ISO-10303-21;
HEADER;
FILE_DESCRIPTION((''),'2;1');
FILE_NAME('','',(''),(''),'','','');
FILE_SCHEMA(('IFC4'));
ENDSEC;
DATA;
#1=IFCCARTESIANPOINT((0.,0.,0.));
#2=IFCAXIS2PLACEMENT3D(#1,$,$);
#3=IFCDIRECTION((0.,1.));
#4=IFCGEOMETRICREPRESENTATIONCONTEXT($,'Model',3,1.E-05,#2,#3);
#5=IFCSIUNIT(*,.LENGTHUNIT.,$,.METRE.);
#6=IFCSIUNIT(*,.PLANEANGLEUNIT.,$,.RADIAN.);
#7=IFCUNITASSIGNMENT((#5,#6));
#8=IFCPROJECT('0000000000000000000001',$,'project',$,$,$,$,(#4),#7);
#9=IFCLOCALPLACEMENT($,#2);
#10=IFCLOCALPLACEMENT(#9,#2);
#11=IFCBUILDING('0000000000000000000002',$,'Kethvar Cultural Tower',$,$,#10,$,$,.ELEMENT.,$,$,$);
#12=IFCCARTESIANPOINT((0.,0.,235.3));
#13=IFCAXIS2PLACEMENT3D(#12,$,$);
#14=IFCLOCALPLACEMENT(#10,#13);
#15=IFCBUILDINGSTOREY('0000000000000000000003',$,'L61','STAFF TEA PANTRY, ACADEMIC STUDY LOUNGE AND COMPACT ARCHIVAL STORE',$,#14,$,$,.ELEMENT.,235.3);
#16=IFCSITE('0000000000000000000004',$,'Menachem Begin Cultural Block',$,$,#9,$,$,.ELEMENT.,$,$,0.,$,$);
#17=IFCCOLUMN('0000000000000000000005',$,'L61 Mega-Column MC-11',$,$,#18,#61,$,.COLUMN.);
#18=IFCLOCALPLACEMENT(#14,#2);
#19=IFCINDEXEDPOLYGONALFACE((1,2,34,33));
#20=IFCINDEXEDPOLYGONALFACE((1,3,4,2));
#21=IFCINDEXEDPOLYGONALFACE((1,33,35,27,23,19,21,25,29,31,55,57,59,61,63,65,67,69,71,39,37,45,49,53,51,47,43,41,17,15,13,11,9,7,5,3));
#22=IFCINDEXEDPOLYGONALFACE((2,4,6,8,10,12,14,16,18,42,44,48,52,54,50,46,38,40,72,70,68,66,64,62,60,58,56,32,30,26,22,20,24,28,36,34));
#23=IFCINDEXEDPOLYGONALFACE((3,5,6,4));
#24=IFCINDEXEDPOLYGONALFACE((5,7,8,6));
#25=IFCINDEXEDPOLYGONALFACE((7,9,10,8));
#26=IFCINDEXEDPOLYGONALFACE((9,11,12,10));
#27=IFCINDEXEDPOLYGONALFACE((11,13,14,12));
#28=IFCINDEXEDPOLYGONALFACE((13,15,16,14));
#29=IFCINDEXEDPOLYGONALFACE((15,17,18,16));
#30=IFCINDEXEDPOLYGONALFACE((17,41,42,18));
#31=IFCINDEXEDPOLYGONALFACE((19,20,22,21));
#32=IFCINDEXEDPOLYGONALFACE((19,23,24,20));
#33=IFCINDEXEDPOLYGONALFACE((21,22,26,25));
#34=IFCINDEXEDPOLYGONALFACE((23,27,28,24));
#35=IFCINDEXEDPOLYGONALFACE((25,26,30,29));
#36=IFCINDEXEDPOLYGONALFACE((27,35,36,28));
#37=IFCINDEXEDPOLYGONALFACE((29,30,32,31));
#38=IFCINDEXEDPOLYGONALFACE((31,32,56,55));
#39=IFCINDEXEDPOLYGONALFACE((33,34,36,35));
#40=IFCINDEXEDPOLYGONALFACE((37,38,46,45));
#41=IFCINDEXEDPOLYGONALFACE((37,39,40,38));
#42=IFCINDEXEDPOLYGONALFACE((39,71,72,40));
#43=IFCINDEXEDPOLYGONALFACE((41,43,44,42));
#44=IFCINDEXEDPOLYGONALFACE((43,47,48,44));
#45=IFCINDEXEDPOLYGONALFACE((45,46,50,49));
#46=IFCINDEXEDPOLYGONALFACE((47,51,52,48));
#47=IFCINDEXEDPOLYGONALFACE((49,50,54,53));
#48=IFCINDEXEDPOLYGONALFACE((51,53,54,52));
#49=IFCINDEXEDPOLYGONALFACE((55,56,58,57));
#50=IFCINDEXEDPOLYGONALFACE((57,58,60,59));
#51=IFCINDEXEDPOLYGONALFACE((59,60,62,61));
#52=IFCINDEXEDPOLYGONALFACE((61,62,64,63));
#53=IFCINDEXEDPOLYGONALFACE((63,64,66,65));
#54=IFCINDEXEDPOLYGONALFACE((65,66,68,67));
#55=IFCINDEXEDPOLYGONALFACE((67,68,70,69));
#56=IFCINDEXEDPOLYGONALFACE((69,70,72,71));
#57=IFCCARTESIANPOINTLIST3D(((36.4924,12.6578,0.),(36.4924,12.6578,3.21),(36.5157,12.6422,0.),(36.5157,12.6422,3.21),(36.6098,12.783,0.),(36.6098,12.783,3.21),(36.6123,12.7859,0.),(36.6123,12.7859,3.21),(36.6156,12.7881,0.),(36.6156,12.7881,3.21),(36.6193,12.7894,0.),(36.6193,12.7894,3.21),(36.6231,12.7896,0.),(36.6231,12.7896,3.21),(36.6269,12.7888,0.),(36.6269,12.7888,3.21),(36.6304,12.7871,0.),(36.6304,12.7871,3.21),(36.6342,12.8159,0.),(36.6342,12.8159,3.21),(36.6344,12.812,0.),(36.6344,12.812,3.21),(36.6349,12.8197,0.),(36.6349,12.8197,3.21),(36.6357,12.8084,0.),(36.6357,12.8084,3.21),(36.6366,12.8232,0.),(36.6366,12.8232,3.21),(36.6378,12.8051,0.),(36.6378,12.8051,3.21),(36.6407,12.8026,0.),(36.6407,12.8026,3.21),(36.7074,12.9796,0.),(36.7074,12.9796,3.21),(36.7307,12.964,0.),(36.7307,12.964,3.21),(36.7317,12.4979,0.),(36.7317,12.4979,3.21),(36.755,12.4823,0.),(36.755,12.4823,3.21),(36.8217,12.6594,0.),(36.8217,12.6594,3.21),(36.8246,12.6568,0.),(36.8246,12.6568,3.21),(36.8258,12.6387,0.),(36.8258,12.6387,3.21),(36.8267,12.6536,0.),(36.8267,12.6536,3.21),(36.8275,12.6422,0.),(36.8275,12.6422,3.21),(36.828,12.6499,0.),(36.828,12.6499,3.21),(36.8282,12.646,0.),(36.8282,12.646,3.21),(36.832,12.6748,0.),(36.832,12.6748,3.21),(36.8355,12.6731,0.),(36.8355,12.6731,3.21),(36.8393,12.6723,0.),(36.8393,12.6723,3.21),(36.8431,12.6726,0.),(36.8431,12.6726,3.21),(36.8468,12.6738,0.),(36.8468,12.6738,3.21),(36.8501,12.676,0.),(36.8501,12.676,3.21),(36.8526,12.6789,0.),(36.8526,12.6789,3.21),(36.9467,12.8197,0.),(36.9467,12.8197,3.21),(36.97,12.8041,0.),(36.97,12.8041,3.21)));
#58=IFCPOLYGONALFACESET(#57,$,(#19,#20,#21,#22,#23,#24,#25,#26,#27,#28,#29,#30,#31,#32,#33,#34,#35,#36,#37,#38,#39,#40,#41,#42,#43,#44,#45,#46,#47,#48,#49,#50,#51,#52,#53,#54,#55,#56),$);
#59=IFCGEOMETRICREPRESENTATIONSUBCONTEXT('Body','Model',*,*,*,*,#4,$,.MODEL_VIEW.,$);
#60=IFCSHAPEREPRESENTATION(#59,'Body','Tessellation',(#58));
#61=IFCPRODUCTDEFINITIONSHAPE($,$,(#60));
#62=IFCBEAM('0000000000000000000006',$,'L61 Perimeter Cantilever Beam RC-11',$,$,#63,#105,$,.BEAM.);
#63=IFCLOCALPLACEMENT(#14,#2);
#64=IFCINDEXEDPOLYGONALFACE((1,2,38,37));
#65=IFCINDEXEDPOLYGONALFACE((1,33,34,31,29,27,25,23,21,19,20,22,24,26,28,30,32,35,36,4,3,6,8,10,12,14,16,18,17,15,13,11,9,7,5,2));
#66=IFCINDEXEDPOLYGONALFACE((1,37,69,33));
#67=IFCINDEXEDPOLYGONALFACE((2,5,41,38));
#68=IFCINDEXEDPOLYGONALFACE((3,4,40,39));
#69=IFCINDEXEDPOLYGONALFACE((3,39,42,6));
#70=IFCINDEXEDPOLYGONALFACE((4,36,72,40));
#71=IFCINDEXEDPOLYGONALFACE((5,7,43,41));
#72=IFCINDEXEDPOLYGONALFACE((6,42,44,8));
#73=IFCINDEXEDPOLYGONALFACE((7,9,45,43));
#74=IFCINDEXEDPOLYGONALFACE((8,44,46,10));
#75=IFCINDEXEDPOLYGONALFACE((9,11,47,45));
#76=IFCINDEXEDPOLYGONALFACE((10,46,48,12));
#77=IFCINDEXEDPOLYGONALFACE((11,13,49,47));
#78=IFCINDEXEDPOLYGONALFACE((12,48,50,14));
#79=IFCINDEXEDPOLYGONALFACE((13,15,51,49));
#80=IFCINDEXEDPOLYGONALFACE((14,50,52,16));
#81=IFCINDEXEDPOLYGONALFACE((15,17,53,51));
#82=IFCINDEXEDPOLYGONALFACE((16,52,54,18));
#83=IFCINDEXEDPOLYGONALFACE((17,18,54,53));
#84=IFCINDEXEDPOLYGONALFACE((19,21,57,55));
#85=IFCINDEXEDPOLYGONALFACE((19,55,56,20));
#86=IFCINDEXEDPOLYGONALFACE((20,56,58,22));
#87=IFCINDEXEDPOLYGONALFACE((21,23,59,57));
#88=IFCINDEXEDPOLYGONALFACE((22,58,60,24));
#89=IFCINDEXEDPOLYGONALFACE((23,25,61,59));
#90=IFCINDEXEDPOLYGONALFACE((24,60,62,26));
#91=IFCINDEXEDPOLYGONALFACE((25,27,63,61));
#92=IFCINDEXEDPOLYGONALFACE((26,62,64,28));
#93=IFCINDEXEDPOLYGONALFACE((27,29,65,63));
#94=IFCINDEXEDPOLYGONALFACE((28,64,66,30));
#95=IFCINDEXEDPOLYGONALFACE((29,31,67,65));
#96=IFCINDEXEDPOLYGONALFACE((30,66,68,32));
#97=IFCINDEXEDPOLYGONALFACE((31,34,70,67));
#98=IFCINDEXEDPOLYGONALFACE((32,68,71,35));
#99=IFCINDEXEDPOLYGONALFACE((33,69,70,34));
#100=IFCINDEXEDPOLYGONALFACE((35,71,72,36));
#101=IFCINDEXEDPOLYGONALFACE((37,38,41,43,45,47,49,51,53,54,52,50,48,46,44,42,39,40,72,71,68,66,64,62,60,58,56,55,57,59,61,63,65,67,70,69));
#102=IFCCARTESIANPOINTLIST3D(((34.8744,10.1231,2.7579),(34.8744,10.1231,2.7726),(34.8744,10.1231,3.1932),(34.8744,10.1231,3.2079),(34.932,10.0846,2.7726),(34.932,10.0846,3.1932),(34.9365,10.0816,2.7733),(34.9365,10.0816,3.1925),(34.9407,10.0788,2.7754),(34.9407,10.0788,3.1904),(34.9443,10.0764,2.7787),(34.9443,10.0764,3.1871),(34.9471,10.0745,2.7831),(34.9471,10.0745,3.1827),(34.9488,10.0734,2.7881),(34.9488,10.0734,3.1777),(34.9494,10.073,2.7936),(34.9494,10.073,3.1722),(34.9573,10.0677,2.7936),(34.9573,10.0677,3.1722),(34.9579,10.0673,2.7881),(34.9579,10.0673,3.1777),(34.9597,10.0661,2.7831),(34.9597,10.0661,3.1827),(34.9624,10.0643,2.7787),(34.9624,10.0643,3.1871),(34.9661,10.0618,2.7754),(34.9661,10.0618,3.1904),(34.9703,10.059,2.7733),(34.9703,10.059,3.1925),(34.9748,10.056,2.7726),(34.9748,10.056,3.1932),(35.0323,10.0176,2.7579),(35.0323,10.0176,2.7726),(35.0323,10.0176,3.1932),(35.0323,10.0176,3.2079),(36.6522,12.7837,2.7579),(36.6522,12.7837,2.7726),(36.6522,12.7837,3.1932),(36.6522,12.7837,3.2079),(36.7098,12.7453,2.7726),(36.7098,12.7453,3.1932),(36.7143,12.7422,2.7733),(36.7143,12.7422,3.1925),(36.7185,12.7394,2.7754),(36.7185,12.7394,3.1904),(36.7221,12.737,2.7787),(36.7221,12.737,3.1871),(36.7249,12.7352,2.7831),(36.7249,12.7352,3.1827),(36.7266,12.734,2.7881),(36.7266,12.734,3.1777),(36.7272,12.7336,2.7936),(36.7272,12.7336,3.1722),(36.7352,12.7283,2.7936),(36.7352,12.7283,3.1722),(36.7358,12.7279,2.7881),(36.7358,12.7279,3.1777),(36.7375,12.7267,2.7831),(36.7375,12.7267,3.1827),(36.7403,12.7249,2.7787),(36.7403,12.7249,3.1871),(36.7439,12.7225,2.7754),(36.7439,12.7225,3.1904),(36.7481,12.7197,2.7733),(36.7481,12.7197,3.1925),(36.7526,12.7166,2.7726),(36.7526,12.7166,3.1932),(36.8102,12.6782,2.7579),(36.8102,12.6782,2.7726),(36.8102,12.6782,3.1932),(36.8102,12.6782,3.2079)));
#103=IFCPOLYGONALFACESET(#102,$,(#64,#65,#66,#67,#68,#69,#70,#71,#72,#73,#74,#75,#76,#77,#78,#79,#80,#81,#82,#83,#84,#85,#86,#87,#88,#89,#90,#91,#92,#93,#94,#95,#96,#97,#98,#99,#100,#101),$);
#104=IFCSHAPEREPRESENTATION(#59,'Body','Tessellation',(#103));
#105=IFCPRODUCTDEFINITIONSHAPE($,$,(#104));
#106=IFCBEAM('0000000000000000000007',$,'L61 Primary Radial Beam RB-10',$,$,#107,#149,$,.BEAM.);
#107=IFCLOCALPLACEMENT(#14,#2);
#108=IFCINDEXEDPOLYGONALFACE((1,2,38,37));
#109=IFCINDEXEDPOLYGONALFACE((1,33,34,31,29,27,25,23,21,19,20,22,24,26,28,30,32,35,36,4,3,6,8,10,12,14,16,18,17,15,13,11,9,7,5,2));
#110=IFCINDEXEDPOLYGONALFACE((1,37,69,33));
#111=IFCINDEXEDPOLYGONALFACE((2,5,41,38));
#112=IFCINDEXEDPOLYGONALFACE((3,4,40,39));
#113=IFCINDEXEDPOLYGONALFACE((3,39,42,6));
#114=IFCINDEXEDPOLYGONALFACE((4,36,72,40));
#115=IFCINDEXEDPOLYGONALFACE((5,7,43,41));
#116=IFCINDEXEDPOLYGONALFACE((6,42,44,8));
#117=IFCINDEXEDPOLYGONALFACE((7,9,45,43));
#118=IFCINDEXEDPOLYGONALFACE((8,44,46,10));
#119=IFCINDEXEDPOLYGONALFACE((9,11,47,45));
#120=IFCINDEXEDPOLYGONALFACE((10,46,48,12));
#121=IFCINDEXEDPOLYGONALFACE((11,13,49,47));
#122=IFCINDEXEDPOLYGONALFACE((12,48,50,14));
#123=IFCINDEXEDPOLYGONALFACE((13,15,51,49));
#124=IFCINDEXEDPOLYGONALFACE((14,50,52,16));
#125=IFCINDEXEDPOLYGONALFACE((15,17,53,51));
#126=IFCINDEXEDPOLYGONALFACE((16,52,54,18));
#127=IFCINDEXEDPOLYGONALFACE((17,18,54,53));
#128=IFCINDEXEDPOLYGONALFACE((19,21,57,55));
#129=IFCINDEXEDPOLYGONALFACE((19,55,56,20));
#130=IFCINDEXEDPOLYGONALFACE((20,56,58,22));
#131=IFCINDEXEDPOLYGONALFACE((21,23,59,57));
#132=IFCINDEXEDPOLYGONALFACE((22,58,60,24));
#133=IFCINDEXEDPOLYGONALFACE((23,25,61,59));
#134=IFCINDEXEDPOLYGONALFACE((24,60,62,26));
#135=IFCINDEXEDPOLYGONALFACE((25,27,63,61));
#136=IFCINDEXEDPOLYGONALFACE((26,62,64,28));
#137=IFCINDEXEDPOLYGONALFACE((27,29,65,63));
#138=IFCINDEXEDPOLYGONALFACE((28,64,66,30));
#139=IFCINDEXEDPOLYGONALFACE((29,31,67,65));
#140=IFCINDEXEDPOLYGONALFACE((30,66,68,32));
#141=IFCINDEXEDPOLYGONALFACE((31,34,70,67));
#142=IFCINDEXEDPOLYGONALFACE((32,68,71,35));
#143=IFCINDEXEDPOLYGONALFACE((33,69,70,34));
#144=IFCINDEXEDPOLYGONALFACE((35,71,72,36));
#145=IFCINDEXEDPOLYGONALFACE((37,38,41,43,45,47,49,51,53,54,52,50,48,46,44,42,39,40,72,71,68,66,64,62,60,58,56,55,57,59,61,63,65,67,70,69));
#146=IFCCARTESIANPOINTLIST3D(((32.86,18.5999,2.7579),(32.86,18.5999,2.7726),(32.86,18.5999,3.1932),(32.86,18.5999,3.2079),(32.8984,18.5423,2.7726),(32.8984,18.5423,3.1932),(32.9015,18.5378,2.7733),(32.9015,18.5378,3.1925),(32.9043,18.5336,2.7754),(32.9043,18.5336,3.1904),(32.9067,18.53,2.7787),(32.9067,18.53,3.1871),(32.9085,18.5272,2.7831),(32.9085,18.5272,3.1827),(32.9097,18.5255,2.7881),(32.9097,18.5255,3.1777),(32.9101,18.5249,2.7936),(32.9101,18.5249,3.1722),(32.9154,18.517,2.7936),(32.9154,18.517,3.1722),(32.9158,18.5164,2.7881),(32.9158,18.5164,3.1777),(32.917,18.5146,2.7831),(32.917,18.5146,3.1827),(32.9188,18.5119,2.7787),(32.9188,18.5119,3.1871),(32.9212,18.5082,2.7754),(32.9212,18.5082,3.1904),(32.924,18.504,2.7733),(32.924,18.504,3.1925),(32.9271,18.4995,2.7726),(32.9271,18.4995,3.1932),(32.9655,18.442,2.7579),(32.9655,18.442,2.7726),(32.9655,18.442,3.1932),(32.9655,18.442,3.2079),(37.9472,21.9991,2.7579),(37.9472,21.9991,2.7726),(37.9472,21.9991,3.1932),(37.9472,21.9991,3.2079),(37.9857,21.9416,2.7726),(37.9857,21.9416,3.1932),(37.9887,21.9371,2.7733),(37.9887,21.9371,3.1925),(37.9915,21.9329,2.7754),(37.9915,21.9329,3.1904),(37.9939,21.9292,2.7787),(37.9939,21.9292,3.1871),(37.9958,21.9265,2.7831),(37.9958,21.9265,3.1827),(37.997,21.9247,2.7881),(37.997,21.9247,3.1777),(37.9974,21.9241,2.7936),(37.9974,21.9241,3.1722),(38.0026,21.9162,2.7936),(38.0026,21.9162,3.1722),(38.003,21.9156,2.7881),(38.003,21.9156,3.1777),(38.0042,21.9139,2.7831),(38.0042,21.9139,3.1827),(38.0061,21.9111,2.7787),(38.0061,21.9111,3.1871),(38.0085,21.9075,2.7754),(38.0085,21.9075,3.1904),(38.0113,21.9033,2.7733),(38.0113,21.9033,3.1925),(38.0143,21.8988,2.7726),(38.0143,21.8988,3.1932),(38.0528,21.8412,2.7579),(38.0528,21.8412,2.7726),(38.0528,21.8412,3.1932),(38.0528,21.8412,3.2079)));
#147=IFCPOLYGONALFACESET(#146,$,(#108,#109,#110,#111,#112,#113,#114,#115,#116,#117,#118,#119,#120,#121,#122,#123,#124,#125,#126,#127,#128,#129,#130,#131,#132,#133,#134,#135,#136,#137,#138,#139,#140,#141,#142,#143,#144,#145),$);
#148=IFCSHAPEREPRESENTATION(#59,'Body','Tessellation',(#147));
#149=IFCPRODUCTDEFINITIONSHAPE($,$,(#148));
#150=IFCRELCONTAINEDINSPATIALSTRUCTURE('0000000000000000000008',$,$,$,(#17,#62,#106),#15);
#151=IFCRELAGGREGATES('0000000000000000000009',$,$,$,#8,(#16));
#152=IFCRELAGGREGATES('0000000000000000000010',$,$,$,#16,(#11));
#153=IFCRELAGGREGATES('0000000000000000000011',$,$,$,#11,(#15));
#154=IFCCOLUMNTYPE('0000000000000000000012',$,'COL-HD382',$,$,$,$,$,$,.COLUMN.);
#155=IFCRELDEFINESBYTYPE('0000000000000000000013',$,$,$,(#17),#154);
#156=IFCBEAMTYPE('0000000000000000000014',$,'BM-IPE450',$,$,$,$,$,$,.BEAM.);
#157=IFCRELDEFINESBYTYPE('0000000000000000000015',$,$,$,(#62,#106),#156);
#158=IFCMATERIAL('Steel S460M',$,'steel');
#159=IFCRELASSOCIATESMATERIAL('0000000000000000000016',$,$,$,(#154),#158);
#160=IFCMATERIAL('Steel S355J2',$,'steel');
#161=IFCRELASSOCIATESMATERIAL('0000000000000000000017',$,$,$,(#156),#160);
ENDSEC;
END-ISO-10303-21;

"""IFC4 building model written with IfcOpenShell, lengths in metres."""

from ifc_helpers import new_model, si_unit, direction, frame, origin, origin_2d, place, context, subcontext, project, spatial, i_section, extrude, source, transform, mapped, material, material_profile, profile_set, type_object, element, save


model = new_model("IFC4")

# Units and contexts
model_context = context("Model", 3, precision=1e-05, world=origin(), true_north=direction((0.0, 1.0)))
body_context = subcontext(model_context, "Body", "Model", "MODEL_VIEW")
ifc_project = project(units=[si_unit("LENGTHUNIT", "METRE"), si_unit("PLANEANGLEUNIT", "RADIAN")], contexts=[model_context])

# Site, building, storey
site_placement = place(None, origin())
site = spatial("IfcSite", under=ifc_project, at=site_placement, Name="Menachem Begin Cultural Block", CompositionType="ELEMENT", RefElevation=0.0)
building_placement = place(site_placement, origin())
building = spatial("IfcBuilding", under=site, at=building_placement, Name="Kethvar Cultural Tower", CompositionType="ELEMENT")
storey_placement = place(building_placement, frame((0.0, 0.0, 235.3)))
storey = spatial("IfcBuildingStorey", under=building, at=storey_placement, Name="L61", Description="STAFF TEA PANTRY, ACADEMIC STUDY LOUNGE AND COMPACT ARCHIVAL STORE", CompositionType="ELEMENT", Elevation=235.3)

# Column
ifc_material_1 = material(Name="Steel S460M", Category="steel")
ifc_material_profile_1 = material_profile(ifc_material_1, i_section(OverallWidth=0.387, OverallDepth=0.3159, WebThickness=0.0186, FlangeThickness=0.0281, FilletRadius=0.0149, at=origin_2d()), Name="Steel S460M — HD400x382")
ifc_profile_set_1 = profile_set([ifc_material_profile_1], Name="Steel S460M — HD400x382")
column_type = type_object("IfcColumnType", Name="COL-HD382", PredefinedType="COLUMN", material=ifc_profile_set_1)
shared_shape_1 = source(origin(), body_context, "Body", "SweptSolid", [
    extrude(i_section(OverallWidth=0.387, OverallDepth=0.3159, WebThickness=0.0186, FlangeThickness=0.0281, FilletRadius=0.0149, at=origin_2d()), origin(), (0.0, 0.0, 1.0), 3.21),
])
column_placement = place(storey_placement, frame((36.7312, 12.731, 0.0), z_axis=(0.0, 0.0, 1.0), x_axis=(-0.55557, -0.83147, 0.0)))
element("IfcColumn", 1, at=column_placement, inside=storey, type_object=column_type, Name="L61 Mega-Column MC-11", PredefinedType="COLUMN", context=body_context, shape_type="MappedRepresentation", body=[
    mapped(shared_shape_1, transform((0.0, 0.0, 0.0), scale=1.0)),
])

# Beams
ifc_material_2 = material(Name="Steel S355J2", Category="steel")
ifc_material_profile_2 = material_profile(ifc_material_2, i_section(OverallWidth=0.1899, OverallDepth=0.45, WebThickness=0.0095, FlangeThickness=0.0146, FilletRadius=0.021, at=origin_2d()), Name="Steel S355J2 — IPE450")
ifc_profile_set_2 = profile_set([ifc_material_profile_2], Name="Steel S355J2 — IPE450")
beam_type_1 = type_object("IfcBeamType", Name="BM-IPE450", PredefinedType="BEAM", material=ifc_profile_set_2)
shared_shape_2 = source(origin(), body_context, "Body", "SweptSolid", [
    extrude(i_section(OverallWidth=0.1899, OverallDepth=0.45, WebThickness=0.0095, FlangeThickness=0.0146, FilletRadius=0.021, at=origin_2d()), origin(), (0.0, 0.0, 1.0), 3.2),
])
beam_1_placement = place(storey_placement, frame((36.7312, 12.731, 2.9829), z_axis=(-0.55558, -0.831463, 0.0), x_axis=(0.831463, -0.55558, 0.0)))
element("IfcBeam", 2, at=beam_1_placement, inside=storey, type_object=beam_type_1, Name="L61 Perimeter Cantilever Beam RC-11", PredefinedType="BEAM", context=body_context, shape_type="MappedRepresentation", body=[
    mapped(shared_shape_2, transform((0.0, 0.0, 0.0), scale=1.0)),
])
shared_shape_3 = source(origin(), body_context, "Body", "SweptSolid", [
    extrude(i_section(OverallWidth=0.1899, OverallDepth=0.45, WebThickness=0.0095, FlangeThickness=0.0146, FilletRadius=0.021, at=origin_2d()), origin(), (0.0, 0.0, 1.0), 6.1184),
])
beam_2_placement = place(storey_placement, frame((38.0, 21.9202, 2.9829), z_axis=(-0.831467, -0.555575, 0.0), x_axis=(0.555575, -0.831467, 0.0)))
element("IfcBeam", 3, at=beam_2_placement, inside=storey, type_object=beam_type_1, Name="L61 Primary Radial Beam RB-10", PredefinedType="BEAM", context=body_context, shape_type="MappedRepresentation", body=[
    mapped(shared_shape_3, transform((0.0, 0.0, 0.0), scale=1.0)),
])

save(model, "model.ifc")
